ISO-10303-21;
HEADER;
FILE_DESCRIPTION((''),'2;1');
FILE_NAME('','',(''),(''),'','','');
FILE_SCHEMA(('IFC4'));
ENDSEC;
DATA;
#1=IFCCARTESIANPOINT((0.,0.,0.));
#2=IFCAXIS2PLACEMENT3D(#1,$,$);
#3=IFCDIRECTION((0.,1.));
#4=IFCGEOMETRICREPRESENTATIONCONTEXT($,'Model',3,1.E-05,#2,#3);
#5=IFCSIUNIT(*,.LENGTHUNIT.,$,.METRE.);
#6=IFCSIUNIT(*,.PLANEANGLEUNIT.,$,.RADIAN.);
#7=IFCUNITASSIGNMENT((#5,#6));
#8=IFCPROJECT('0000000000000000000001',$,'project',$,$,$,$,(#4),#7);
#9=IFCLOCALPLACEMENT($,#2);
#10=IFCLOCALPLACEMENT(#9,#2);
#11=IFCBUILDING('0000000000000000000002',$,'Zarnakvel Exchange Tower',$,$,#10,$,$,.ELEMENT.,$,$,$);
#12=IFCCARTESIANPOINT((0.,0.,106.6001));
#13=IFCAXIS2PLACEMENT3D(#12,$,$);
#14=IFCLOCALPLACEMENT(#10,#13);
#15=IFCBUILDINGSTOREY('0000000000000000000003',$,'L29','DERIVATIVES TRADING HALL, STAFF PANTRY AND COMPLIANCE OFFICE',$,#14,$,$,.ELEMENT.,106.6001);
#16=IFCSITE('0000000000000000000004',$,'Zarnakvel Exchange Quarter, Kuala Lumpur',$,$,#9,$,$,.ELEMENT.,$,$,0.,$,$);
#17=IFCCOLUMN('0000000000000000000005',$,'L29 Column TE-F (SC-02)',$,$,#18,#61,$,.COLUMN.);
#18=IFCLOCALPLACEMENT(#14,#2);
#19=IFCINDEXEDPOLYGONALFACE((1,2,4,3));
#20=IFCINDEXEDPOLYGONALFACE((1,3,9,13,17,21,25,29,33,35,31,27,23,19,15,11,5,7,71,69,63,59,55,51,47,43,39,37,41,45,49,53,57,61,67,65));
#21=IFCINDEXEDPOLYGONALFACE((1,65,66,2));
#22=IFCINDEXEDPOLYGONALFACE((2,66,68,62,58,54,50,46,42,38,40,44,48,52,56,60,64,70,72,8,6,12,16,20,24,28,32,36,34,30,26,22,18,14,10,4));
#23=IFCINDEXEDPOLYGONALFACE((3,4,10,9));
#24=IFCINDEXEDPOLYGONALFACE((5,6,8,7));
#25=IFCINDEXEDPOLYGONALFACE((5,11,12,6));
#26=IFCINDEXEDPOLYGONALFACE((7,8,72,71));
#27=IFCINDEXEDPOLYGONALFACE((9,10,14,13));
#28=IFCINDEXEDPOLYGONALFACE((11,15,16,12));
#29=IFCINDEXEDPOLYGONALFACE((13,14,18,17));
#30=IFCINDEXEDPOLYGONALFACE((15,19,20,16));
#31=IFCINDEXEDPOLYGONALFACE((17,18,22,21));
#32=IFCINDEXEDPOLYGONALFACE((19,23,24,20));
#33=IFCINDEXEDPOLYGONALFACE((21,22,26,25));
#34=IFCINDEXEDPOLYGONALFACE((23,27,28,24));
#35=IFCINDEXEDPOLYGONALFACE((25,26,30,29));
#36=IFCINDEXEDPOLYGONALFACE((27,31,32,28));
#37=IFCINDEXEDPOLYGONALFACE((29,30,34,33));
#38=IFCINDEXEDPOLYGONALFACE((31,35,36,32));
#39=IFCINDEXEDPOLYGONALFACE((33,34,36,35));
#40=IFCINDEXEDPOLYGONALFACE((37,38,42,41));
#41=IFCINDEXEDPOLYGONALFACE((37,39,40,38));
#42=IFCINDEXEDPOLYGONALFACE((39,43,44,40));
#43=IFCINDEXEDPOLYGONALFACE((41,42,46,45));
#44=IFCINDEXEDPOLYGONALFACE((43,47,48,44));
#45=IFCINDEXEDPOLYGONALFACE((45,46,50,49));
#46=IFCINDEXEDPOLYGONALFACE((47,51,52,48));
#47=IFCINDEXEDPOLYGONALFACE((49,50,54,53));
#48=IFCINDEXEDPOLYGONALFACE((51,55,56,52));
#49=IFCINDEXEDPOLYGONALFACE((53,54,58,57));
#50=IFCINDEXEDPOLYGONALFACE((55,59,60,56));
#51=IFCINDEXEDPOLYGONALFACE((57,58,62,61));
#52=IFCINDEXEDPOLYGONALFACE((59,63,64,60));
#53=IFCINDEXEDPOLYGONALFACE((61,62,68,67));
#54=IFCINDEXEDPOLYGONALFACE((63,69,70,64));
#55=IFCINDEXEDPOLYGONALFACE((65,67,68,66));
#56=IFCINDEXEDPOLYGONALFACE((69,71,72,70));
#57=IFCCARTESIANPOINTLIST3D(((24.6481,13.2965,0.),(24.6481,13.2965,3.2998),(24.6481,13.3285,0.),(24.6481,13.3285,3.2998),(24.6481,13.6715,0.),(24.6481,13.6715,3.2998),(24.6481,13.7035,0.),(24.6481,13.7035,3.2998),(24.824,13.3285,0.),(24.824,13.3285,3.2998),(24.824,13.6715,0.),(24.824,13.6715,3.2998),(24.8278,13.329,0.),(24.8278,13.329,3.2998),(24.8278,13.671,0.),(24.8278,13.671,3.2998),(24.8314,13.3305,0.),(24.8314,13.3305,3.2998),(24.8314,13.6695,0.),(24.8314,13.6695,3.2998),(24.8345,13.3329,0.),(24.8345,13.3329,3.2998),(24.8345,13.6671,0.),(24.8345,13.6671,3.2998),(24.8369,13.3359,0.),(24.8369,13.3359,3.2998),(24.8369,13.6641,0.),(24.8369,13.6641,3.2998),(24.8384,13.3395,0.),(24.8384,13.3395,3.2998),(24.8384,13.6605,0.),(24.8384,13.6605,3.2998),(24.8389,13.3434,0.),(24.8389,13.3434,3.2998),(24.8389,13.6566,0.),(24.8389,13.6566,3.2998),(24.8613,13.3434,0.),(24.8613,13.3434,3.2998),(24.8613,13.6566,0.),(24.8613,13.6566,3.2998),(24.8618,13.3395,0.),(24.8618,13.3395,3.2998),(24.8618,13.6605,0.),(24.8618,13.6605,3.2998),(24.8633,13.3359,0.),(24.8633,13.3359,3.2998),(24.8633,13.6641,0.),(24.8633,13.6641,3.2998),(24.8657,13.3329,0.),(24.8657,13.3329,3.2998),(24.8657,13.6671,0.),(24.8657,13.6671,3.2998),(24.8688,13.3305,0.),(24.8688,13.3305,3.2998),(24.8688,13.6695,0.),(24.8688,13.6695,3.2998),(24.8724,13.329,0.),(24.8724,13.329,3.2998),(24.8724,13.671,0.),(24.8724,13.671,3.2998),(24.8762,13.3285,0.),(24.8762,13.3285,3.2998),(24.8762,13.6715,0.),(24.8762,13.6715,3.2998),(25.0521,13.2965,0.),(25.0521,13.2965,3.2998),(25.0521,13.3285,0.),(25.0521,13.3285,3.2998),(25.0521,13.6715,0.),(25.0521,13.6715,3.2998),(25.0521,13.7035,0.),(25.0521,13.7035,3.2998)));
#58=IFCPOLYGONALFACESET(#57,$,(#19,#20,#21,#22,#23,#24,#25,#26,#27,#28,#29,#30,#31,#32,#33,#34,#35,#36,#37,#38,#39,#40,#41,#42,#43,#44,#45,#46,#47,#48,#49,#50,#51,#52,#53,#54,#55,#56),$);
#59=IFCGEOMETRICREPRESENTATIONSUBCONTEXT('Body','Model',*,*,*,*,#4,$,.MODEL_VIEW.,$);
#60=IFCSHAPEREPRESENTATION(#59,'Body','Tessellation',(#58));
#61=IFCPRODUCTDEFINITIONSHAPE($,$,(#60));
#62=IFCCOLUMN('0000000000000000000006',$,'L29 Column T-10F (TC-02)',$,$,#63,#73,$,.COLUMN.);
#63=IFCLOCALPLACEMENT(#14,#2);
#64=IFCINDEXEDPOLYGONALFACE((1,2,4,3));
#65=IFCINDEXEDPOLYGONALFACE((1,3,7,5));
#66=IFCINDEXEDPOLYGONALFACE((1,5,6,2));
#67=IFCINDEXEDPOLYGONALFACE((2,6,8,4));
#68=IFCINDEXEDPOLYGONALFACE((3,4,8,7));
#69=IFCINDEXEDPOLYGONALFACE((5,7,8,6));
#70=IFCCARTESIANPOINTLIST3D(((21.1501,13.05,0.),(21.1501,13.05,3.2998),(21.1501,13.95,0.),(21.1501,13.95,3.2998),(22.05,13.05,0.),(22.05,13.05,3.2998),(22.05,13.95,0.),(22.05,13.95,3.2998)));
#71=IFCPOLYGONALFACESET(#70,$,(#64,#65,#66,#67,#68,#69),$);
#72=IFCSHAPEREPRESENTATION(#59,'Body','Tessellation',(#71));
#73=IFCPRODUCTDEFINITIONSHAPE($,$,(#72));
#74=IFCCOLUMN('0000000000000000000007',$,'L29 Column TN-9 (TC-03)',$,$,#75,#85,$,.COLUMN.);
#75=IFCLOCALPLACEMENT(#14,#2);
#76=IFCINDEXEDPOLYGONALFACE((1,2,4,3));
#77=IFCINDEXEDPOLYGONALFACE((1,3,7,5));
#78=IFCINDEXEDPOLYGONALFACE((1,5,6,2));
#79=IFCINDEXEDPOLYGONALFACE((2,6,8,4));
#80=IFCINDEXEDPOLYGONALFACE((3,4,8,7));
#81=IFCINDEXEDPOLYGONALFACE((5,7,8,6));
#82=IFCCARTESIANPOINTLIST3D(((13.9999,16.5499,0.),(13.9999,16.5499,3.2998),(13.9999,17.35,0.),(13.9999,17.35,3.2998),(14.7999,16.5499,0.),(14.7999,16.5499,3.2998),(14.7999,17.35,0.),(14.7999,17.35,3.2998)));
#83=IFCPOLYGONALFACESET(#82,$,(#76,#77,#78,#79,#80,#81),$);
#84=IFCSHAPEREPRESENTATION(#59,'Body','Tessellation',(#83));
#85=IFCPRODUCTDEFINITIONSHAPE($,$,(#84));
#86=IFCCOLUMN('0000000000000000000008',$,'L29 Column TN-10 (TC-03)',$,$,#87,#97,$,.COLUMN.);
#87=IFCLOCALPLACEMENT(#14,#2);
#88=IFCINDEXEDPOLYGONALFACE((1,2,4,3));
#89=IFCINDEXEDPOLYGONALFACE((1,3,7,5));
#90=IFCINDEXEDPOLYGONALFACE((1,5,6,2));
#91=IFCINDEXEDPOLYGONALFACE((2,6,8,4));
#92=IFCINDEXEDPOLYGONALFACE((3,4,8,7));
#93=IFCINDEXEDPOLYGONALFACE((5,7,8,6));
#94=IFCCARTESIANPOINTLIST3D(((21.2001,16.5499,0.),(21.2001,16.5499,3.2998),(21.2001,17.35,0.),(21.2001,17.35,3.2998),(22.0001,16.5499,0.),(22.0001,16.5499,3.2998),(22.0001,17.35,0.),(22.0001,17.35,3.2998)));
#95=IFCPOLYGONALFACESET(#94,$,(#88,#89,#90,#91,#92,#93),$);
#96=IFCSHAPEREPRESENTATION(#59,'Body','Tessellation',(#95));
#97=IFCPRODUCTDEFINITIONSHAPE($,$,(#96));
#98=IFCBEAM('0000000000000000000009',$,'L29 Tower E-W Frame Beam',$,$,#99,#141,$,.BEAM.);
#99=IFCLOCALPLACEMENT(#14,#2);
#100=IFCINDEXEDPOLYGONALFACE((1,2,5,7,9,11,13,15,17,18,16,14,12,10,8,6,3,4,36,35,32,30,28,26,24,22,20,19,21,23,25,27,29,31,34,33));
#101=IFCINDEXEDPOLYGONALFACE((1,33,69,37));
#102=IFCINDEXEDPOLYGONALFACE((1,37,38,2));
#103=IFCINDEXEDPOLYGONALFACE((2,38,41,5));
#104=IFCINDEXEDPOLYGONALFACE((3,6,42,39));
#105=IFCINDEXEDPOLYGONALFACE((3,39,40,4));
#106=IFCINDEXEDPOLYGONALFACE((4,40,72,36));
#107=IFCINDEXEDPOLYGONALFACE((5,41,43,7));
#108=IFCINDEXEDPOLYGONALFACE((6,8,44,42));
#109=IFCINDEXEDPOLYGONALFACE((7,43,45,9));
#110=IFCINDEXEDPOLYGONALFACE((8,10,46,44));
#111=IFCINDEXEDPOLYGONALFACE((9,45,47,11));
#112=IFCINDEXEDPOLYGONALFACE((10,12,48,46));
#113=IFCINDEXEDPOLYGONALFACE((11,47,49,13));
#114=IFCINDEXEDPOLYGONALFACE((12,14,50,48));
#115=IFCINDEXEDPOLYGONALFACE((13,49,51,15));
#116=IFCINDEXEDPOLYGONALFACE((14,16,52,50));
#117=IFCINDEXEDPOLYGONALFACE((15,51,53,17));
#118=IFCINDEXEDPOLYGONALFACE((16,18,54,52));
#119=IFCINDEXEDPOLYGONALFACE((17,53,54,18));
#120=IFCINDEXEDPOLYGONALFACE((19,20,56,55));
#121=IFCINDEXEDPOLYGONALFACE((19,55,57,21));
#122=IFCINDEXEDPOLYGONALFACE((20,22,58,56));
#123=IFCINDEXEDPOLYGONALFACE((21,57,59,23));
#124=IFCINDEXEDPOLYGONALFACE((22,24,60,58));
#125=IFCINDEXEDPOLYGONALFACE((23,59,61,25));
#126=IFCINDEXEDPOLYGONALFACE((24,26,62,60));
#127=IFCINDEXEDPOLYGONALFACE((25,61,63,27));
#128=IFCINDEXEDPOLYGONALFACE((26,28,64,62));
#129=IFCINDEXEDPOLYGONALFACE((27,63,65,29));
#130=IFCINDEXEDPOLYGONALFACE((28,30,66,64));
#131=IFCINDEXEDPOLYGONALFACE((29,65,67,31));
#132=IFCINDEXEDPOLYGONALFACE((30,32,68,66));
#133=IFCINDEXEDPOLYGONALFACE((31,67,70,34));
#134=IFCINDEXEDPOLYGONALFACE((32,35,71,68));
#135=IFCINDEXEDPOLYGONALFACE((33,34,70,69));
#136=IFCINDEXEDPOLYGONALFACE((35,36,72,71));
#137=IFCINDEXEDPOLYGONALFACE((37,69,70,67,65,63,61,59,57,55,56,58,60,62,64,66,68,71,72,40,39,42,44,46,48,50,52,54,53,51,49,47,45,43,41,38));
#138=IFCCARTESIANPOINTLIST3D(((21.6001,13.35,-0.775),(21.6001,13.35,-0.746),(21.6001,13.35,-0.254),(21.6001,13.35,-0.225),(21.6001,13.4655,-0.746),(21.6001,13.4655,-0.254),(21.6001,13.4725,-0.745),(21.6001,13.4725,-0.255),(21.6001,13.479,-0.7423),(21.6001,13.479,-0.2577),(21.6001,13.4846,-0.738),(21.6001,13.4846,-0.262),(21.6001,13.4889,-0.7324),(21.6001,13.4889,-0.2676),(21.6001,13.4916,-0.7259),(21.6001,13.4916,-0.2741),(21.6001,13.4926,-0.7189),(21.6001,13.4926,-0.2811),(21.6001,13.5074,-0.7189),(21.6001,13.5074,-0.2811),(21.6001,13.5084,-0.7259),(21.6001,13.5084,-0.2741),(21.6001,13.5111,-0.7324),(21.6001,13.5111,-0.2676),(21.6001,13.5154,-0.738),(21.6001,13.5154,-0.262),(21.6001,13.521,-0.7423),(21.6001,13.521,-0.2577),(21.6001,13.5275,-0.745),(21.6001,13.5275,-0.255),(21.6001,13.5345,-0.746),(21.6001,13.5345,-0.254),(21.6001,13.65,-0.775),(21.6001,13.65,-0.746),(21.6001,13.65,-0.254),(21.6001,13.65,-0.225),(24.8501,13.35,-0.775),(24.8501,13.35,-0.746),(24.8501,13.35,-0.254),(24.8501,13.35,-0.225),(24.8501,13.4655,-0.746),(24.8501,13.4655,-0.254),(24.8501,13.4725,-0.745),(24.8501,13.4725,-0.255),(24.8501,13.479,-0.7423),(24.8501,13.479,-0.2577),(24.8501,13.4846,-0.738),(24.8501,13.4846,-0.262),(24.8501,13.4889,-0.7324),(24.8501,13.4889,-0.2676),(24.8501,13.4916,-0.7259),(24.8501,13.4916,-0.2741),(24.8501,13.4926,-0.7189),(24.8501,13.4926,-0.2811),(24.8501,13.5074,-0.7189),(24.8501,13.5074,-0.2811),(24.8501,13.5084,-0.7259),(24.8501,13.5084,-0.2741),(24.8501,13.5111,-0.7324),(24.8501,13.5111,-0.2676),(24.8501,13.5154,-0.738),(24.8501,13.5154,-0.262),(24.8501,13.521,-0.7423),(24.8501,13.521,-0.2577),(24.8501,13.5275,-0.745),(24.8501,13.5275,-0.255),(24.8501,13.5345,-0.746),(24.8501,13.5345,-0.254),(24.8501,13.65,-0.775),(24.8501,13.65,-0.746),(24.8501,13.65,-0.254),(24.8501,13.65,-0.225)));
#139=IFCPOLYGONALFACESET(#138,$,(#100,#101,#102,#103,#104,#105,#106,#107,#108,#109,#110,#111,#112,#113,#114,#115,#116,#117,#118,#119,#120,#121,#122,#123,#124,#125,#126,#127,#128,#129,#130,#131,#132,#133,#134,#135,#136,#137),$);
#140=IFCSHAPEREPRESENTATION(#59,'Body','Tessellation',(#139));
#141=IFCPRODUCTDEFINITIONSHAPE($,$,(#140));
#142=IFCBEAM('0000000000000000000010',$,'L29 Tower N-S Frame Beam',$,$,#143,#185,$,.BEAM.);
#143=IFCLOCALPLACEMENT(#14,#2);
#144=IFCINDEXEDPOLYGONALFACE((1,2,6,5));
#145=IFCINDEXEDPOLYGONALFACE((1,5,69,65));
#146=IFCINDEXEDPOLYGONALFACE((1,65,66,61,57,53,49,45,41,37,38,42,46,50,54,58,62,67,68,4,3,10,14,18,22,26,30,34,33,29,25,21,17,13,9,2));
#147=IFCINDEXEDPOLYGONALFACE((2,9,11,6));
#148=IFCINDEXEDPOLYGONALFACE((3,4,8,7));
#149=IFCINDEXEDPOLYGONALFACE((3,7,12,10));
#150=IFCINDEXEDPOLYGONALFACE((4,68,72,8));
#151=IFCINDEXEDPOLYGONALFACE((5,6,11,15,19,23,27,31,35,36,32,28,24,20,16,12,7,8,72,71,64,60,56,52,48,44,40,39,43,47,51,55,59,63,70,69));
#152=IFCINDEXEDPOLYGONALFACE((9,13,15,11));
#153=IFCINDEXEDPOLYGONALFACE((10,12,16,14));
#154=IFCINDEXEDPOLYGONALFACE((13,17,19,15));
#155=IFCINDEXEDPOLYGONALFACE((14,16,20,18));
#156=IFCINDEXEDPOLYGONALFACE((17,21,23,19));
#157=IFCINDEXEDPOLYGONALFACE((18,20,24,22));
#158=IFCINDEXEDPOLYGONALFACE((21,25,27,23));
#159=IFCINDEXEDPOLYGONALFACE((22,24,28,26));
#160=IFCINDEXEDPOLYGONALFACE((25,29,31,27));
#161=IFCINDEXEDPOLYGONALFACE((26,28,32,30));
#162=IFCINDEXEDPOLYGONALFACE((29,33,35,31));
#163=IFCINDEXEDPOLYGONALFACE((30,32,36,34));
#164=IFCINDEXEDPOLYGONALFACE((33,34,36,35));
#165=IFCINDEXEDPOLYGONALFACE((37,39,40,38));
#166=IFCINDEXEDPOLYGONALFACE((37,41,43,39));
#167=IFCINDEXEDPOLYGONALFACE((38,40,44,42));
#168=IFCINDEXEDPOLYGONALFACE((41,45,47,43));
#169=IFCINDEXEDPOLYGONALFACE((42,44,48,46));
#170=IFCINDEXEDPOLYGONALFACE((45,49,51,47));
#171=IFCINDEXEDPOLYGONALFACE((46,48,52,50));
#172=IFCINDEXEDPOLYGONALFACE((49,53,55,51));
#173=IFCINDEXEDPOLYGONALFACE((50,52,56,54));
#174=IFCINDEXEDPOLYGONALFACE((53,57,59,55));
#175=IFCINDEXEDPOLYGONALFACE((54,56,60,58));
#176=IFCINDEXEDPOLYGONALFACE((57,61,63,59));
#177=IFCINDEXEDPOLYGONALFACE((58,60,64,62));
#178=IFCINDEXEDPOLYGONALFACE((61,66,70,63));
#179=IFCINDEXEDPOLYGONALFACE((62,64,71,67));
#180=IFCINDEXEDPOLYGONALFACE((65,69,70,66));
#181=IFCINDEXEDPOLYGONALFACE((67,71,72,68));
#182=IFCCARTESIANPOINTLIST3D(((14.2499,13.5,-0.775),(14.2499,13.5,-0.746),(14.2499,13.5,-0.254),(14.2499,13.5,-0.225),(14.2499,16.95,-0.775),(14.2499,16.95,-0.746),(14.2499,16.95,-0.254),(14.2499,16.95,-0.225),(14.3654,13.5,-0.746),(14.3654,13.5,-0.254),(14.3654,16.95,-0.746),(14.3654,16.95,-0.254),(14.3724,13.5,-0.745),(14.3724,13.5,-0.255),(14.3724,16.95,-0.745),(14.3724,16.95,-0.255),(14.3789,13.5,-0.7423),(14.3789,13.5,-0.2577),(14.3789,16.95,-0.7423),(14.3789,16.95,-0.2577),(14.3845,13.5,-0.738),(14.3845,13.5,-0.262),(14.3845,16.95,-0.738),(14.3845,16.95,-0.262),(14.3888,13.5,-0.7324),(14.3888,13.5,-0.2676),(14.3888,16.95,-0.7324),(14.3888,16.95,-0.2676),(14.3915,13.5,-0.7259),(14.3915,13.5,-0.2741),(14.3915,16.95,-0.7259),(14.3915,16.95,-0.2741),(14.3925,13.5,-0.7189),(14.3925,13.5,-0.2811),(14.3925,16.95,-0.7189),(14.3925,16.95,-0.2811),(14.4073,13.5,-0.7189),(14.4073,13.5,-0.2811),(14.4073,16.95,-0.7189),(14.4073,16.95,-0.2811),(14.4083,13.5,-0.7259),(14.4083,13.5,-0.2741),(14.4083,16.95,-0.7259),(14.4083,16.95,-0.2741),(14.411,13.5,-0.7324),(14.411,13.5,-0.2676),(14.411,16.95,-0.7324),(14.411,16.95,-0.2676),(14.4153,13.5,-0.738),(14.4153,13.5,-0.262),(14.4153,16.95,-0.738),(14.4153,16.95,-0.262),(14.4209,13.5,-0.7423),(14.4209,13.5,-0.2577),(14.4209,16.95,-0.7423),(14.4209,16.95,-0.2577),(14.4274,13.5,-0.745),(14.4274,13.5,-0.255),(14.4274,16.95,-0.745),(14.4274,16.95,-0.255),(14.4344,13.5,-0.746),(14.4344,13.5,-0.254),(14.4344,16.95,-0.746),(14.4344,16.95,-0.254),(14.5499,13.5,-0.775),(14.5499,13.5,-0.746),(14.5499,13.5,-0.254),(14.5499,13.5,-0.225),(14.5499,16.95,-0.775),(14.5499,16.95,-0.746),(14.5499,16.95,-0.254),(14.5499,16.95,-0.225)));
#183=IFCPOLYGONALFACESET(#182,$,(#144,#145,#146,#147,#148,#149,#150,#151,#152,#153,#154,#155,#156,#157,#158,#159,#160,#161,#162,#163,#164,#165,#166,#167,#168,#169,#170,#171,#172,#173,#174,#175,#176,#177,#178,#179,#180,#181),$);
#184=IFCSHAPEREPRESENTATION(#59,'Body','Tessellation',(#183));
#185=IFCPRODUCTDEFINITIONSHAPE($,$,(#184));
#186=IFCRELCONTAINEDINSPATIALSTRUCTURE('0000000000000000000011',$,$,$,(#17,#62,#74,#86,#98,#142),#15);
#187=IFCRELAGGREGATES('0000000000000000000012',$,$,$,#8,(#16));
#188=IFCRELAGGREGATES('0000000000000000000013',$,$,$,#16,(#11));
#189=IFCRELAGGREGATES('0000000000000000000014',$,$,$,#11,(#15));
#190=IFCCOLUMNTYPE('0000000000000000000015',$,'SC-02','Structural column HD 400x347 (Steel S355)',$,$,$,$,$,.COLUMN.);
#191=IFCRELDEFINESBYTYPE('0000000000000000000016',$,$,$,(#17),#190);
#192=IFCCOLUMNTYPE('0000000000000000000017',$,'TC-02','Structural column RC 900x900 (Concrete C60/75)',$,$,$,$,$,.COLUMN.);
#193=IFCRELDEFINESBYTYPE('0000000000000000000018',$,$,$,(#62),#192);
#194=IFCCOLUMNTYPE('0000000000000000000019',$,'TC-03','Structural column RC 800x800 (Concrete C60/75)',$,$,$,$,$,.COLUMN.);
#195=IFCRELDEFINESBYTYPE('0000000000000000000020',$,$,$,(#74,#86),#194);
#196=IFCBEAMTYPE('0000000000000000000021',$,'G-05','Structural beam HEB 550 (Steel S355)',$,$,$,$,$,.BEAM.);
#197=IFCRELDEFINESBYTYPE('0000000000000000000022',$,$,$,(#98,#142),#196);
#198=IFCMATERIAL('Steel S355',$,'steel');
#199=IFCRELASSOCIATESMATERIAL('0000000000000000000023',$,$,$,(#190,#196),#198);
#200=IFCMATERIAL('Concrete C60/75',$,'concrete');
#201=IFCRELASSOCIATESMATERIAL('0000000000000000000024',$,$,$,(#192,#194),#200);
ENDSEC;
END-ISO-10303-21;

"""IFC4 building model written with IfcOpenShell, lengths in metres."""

from ifc_helpers import new_model, si_unit, direction, frame, origin, origin_2d, place, context, subcontext, project, spatial, rectangle, i_section, extrude, material, material_profile, profile_set, type_object, element, save


model = new_model("IFC4")

# Units and contexts
model_context = context("Model", 3, precision=1e-05, world=origin(), true_north=direction((0.0, 1.0)))
body_context = subcontext(model_context, "Body", "Model", "MODEL_VIEW")
ifc_project = project(units=[si_unit("LENGTHUNIT", "METRE"), si_unit("PLANEANGLEUNIT", "RADIAN")], contexts=[model_context])

# Site, building, storey
site_placement = place(None, origin())
site = spatial("IfcSite", under=ifc_project, at=site_placement, Name="Zarnakvel Exchange Quarter, Kuala Lumpur", CompositionType="ELEMENT", RefElevation=0.0)
building_placement = place(site_placement, origin())
building = spatial("IfcBuilding", under=site, at=building_placement, Name="Zarnakvel Exchange Tower", CompositionType="ELEMENT")
storey_placement = place(building_placement, frame((0.0, 0.0, 106.6001)))
storey = spatial("IfcBuildingStorey", under=building, at=storey_placement, Name="L29", Description="DERIVATIVES TRADING HALL, STAFF PANTRY AND COMPLIANCE OFFICE", CompositionType="ELEMENT", Elevation=106.6001)

# Columns
ifc_material_1 = material(Name="Steel S355", Category="steel")
ifc_material_profile_1 = material_profile(ifc_material_1, i_section(OverallWidth=0.4041, OverallDepth=0.407, WebThickness=0.0225, FlangeThickness=0.032, FilletRadius=0.0149, at=origin_2d()))
ifc_profile_set_1 = profile_set([ifc_material_profile_1], Name="Steel S355")
column_type_1 = type_object("IfcColumnType", Name="SC-02", Description="Structural column HD 400x347 (Steel S355)", PredefinedType="COLUMN", material=ifc_profile_set_1)
column_1_placement = place(storey_placement, frame((24.8501, 13.5, 0.0), z_axis=(0.0, 0.0, 1.0), x_axis=(1.0, 0.0, 0.0)))
element("IfcColumn", 1, at=column_1_placement, inside=storey, type_object=column_type_1, Name="L29 Column TE-F (SC-02)", PredefinedType="COLUMN", context=body_context, shape_type="SweptSolid", body=[
    extrude(i_section(OverallWidth=0.4041, OverallDepth=0.407, WebThickness=0.0225, FlangeThickness=0.032, FilletRadius=0.0149, at=origin_2d()), origin(), (0.0, 0.0, 1.0), 3.2998),
])
ifc_material_2 = material(Name="Concrete C60/75", Category="concrete")
ifc_material_profile_2 = material_profile(ifc_material_2, rectangle(XDim=0.8999, YDim=0.8999, at=origin_2d()))
ifc_profile_set_2 = profile_set([ifc_material_profile_2], Name="Concrete C60/75")
column_type_2 = type_object("IfcColumnType", Name="TC-02", Description="Structural column RC 900x900 (Concrete C60/75)", PredefinedType="COLUMN", material=ifc_profile_set_2)
column_2_placement = place(storey_placement, frame((21.6001, 13.5, 0.0), z_axis=(0.0, 0.0, 1.0), x_axis=(1.0, 0.0, 0.0)))
element("IfcColumn", 2, at=column_2_placement, inside=storey, type_object=column_type_2, Name="L29 Column T-10F (TC-02)", PredefinedType="COLUMN", context=body_context, shape_type="SweptSolid", body=[
    extrude(rectangle(XDim=0.8999, YDim=0.8999, at=origin_2d()), origin(), (0.0, 0.0, 1.0), 3.2998),
])
ifc_material_profile_3 = material_profile(ifc_material_2, rectangle(XDim=0.8, YDim=0.8, at=origin_2d()))
ifc_profile_set_3 = profile_set([ifc_material_profile_3], Name="Concrete C60/75")
column_type_3 = type_object("IfcColumnType", Name="TC-03", Description="Structural column RC 800x800 (Concrete C60/75)", PredefinedType="COLUMN", material=ifc_profile_set_3)
for number, where, z_axis, x_axis, name in (
    (3, (14.3999, 16.95, 0.0), (0.0, 0.0, 1.0), (1.0, 0.0, 0.0), "L29 Column TN-9 (TC-03)"),
    (4, (21.6001, 16.95, 0.0), (0.0, 0.0, 1.0), (1.0, 0.0, 0.0), "L29 Column TN-10 (TC-03)"),
):
    element("IfcColumn", number, at=place(storey_placement, frame(where, z_axis=z_axis, x_axis=x_axis)), inside=storey, type_object=column_type_3, Name=name, PredefinedType="COLUMN", context=body_context, shape_type="SweptSolid", body=[
        extrude(rectangle(XDim=0.8, YDim=0.8, at=origin_2d()), origin(), (0.0, 0.0, 1.0), 3.2998),
    ])

# Beams
ifc_material_profile_4 = material_profile(ifc_material_1, i_section(OverallWidth=0.3, OverallDepth=0.55, WebThickness=0.0149, FlangeThickness=0.0291, FilletRadius=0.0271, at=origin_2d()))
ifc_profile_set_4 = profile_set([ifc_material_profile_4], Name="Steel S355")
beam_type_1 = type_object("IfcBeamType", Name="G-05", Description="Structural beam HEB 550 (Steel S355)", PredefinedType="BEAM", material=ifc_profile_set_4)
beam_1_placement = place(storey_placement, frame((21.6001, 13.5, -0.5), z_axis=(1.0, 0.0, 0.0), x_axis=(0.0, 1.0, 0.0)))
element("IfcBeam", 5, at=beam_1_placement, inside=storey, type_object=beam_type_1, Name="L29 Tower E-W Frame Beam", PredefinedType="BEAM", context=body_context, shape_type="SweptSolid", body=[
    extrude(i_section(OverallWidth=0.3, OverallDepth=0.55, WebThickness=0.0149, FlangeThickness=0.0291, FilletRadius=0.0271, at=origin_2d()), origin(), (0.0, 0.0, 1.0), 3.25),
])
for number, where, z_axis, x_axis, name in (
    (6, (14.3999, 13.5, -0.5), (0.0, 1.0, 0.0), (-1.0, 0.0, 0.0), "L29 Tower N-S Frame Beam"),
):
    element("IfcBeam", number, at=place(storey_placement, frame(where, z_axis=z_axis, x_axis=x_axis)), inside=storey, type_object=beam_type_1, Name=name, PredefinedType="BEAM", context=body_context, shape_type="SweptSolid", body=[
        extrude(i_section(OverallWidth=0.3, OverallDepth=0.55, WebThickness=0.0149, FlangeThickness=0.0291, FilletRadius=0.0271, at=origin_2d()), origin(), (0.0, 0.0, 1.0), 3.45),
    ])

save(model, "model.ifc")
